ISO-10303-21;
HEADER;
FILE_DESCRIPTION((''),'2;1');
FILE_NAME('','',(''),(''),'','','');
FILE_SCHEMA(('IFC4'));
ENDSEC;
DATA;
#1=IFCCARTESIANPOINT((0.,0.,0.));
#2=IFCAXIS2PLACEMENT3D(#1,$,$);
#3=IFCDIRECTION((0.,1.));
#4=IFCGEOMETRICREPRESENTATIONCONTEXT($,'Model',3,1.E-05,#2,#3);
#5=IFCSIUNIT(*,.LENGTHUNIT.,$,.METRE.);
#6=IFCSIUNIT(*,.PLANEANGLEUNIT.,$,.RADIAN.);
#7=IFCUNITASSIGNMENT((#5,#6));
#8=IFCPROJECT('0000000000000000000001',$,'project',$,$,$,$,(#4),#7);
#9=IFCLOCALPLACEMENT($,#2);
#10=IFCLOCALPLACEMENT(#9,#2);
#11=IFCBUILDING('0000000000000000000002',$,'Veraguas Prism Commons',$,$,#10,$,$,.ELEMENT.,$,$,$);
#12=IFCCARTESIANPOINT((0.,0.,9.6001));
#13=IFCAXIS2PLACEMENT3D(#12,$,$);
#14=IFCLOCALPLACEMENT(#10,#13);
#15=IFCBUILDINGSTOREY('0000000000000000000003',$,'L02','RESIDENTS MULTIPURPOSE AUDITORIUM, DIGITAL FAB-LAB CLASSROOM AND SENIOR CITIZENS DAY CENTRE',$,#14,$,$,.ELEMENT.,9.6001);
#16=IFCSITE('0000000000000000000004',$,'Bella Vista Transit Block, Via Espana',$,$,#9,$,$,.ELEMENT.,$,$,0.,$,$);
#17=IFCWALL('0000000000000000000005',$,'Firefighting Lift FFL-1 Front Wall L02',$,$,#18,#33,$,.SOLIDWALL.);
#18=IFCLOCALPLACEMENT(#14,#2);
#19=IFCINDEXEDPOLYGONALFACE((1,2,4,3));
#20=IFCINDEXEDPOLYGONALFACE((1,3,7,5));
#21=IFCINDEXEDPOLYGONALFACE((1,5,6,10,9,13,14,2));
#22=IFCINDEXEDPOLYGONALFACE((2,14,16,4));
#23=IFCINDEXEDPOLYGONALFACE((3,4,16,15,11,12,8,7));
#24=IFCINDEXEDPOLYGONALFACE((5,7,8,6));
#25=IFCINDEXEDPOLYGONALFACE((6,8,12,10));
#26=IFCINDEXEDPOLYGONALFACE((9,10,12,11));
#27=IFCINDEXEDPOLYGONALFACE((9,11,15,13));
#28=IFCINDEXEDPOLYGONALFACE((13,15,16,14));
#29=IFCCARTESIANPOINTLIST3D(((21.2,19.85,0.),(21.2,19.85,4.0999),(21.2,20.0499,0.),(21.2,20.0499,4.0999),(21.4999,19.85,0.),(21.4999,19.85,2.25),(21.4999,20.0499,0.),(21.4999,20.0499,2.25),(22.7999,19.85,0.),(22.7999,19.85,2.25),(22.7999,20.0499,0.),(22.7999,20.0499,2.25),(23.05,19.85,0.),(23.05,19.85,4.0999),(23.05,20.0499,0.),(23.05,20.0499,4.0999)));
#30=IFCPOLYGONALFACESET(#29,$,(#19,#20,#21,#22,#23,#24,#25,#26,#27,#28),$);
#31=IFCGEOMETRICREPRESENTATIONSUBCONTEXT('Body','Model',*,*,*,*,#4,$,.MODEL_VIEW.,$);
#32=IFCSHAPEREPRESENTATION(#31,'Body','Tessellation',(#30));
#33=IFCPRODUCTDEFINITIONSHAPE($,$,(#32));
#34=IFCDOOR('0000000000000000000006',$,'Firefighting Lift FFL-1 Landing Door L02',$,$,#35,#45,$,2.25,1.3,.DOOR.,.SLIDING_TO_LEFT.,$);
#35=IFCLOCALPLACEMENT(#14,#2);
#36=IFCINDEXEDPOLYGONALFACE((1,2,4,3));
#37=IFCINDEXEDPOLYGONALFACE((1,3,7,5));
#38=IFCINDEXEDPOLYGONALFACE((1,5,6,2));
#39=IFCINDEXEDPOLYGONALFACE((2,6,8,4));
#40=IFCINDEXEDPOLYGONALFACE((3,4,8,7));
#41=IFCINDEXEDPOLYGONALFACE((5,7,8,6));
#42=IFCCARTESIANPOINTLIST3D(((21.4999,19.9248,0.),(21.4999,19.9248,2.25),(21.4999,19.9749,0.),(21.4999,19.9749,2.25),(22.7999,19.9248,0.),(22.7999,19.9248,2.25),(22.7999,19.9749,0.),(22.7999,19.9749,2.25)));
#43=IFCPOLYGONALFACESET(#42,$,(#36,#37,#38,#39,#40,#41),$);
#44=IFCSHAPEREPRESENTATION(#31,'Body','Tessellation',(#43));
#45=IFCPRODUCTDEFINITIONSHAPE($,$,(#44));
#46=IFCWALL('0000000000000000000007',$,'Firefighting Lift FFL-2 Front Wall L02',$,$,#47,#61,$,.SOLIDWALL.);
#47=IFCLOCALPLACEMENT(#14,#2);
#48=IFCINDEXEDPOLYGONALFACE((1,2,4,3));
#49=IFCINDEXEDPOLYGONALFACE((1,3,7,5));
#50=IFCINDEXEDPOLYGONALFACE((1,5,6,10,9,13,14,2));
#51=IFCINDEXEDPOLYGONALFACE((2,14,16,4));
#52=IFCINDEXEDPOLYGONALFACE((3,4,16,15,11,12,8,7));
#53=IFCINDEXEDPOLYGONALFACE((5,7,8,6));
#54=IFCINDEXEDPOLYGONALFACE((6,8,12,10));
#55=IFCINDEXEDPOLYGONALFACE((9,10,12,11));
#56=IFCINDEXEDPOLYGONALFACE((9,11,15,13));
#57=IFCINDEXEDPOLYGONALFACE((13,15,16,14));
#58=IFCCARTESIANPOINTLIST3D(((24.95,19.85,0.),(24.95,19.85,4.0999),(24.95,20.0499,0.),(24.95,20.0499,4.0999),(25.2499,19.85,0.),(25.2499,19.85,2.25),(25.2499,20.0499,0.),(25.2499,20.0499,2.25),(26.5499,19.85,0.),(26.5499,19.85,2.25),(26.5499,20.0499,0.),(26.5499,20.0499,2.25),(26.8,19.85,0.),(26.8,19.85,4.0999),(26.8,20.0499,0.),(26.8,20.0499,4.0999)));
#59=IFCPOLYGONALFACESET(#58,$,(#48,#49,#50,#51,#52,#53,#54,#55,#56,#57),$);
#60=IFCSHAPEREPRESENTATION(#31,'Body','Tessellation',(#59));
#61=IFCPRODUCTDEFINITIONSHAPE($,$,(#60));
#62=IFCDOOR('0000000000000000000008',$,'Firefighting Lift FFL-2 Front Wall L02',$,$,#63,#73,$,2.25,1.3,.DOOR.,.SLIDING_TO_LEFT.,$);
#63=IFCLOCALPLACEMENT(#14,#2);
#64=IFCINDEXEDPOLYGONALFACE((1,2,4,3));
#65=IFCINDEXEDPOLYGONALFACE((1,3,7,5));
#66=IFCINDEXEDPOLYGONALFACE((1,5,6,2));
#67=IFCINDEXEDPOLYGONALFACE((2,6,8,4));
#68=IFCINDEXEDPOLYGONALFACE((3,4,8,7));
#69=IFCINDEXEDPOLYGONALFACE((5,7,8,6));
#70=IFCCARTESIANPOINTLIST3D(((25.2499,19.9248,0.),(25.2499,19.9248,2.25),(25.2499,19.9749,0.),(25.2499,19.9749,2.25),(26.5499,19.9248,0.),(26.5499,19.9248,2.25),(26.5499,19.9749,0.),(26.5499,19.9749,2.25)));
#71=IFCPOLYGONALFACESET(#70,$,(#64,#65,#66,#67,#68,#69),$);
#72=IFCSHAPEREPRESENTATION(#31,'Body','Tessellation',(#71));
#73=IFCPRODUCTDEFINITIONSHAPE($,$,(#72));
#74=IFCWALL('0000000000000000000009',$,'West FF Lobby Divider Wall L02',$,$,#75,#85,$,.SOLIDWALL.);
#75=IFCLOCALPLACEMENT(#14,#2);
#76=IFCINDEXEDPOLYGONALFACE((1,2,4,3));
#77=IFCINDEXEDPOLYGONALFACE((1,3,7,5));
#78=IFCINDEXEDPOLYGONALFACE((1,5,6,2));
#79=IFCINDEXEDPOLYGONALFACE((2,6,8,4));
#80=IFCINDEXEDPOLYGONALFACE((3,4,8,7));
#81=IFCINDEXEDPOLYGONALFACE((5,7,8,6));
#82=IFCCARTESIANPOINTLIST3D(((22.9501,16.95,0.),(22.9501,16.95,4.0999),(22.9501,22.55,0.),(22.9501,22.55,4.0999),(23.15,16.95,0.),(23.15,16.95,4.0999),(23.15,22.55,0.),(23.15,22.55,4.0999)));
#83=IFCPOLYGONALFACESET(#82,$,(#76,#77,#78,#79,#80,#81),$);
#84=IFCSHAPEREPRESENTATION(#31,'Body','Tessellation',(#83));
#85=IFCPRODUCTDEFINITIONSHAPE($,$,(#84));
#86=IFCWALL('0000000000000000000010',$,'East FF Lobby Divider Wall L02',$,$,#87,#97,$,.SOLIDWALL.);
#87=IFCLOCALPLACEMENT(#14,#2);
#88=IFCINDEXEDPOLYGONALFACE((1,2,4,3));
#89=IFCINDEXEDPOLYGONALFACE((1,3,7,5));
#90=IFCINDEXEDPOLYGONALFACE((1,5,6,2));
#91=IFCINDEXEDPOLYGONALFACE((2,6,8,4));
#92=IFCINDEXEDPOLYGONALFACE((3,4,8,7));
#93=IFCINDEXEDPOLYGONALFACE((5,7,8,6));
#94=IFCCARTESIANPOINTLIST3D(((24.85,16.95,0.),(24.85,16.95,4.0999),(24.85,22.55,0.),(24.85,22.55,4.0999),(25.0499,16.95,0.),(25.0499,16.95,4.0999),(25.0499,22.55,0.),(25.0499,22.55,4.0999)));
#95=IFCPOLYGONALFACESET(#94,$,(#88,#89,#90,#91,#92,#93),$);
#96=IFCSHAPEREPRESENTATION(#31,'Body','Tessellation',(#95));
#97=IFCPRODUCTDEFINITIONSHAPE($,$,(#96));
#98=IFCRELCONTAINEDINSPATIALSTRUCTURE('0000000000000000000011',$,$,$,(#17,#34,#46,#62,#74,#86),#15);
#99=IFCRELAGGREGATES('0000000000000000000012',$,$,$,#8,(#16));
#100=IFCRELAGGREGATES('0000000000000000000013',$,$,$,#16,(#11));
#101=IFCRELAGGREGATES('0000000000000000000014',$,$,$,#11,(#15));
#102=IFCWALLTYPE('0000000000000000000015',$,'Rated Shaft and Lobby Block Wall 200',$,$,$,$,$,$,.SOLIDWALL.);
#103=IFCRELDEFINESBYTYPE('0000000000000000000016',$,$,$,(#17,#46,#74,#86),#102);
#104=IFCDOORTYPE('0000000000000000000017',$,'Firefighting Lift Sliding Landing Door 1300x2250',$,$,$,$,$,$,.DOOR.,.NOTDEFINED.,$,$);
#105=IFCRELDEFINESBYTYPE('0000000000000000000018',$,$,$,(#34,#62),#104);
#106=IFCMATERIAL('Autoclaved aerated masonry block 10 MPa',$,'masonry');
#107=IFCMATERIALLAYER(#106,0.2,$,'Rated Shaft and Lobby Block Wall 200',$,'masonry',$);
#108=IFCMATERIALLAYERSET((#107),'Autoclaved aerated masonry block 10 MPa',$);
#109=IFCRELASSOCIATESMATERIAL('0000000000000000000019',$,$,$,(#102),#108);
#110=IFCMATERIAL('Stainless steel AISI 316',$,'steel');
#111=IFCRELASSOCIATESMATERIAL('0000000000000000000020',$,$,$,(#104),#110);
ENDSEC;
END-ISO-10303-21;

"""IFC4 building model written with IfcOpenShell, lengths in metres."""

from ifc_helpers import new_model, si_unit, direction, frame, frame_2d, origin, place, context, subcontext, project, spatial, rectangle, extrude, source, transform, mapped, material, layer, layer_set, type_object, element, fill, save


model = new_model("IFC4")

# Units and contexts
model_context = context("Model", 3, precision=1e-05, world=origin(), true_north=direction((0.0, 1.0)))
body_context = subcontext(model_context, "Body", "Model", "MODEL_VIEW")
ifc_project = project(units=[si_unit("LENGTHUNIT", "METRE"), si_unit("PLANEANGLEUNIT", "RADIAN")], contexts=[model_context])

# Site, building, storey
site_placement = place(None, origin())
site = spatial("IfcSite", under=ifc_project, at=site_placement, Name="Bella Vista Transit Block, Via Espana", CompositionType="ELEMENT", RefElevation=0.0)
building_placement = place(site_placement, origin())
building = spatial("IfcBuilding", under=site, at=building_placement, Name="Veraguas Prism Commons", CompositionType="ELEMENT")
storey_placement = place(building_placement, frame((0.0, 0.0, 9.6001)))
storey = spatial("IfcBuildingStorey", under=building, at=storey_placement, Name="L02", Description="RESIDENTS MULTIPURPOSE AUDITORIUM, DIGITAL FAB-LAB CLASSROOM AND SENIOR CITIZENS DAY CENTRE", CompositionType="ELEMENT", Elevation=9.6001)

# Walls, openings, doors
ifc_material_1 = material(Name="Autoclaved aerated masonry block 10 MPa", Category="masonry")
ifc_layer_1 = layer(ifc_material_1, 0.2, Name="Rated Shaft and Lobby Block Wall 200", Category="masonry")
ifc_layer_set_1 = layer_set([ifc_layer_1], Name="Autoclaved aerated masonry block 10 MPa")
wall_type_1 = type_object("IfcWallType", Name="Rated Shaft and Lobby Block Wall 200", PredefinedType="SOLIDWALL", material=ifc_layer_set_1)
wall_1_placement = place(storey_placement, frame((21.2, 19.95, 0.0), z_axis=(0.0, 0.0, 1.0), x_axis=(1.0, 0.0, 0.0)))
wall_1 = element("IfcWall", 1, at=wall_1_placement, inside=storey, type_object=wall_type_1, Name="Firefighting Lift FFL-1 Front Wall L02", PredefinedType="SOLIDWALL", context=body_context, shape_type="SweptSolid", body=[
    extrude(rectangle(XDim=1.8501, YDim=0.2, at=frame_2d((0.925, 0.0))), origin(), (0.0, 0.0, 1.0), 4.0999),
])
opening_1_placement = place(wall_1_placement, frame((0.3, 0.0, 0.0)))
opening_1 = element("IfcOpeningElement", 2, at=opening_1_placement, cuts=wall_1, PredefinedType="OPENING", context=body_context, shape_type="SweptSolid", body=[
    extrude(rectangle(XDim=1.3, YDim=2.25, at=frame_2d((0.6499, 1.125))), frame((0.0, 0.1099, 0.0), z_axis=(0.0, -1.0, 0.0), x_axis=(1.0, 0.0, 0.0)), (0.0, 0.0, 1.0), 0.22),
])
ifc_material_2 = material(Name="Stainless steel AISI 316", Category="steel")
door_type_1 = type_object("IfcDoorType", Name="Firefighting Lift Sliding Landing Door 1300x2250", OperationType="NOTDEFINED", PredefinedType="DOOR", material=ifc_material_2)
shared_shape_1 = source(origin(), body_context, "Body", "SweptSolid", [
    extrude(rectangle(XDim=1.3, YDim=2.25, at=frame_2d((0.6499, 1.125))), frame((0.0, 0.0249, 0.0), z_axis=(0.0, -1.0, 0.0), x_axis=(1.0, 0.0, 0.0)), (0.0, 0.0, 1.0), 0.05),
])
door_1_placement = place(opening_1_placement, origin())
door_1 = element("IfcDoor", 3, at=door_1_placement, inside=storey, type_object=door_type_1, Name="Firefighting Lift FFL-1 Landing Door L02", OperationType="SLIDING_TO_LEFT", OverallHeight=2.25, OverallWidth=1.3, PredefinedType="DOOR", context=body_context, shape_type="MappedRepresentation", body=[
    mapped(shared_shape_1, transform((0.0, 0.0, 0.0), scale=1.0)),
])
fill(opening_1, door_1)
wall_2_placement = place(storey_placement, frame((24.95, 19.95, 0.0), z_axis=(0.0, 0.0, 1.0), x_axis=(1.0, 0.0, 0.0)))
wall_2 = element("IfcWall", 4, at=wall_2_placement, inside=storey, type_object=wall_type_1, Name="Firefighting Lift FFL-2 Front Wall L02", PredefinedType="SOLIDWALL", context=body_context, shape_type="SweptSolid", body=[
    extrude(rectangle(XDim=1.8501, YDim=0.2, at=frame_2d((0.925, 0.0))), origin(), (0.0, 0.0, 1.0), 4.0999),
])
opening_2_placement = place(wall_2_placement, frame((0.3, 0.0, 0.0)))
opening_2 = element("IfcOpeningElement", 5, at=opening_2_placement, cuts=wall_2, PredefinedType="OPENING", context=body_context, shape_type="SweptSolid", body=[
    extrude(rectangle(XDim=1.3, YDim=2.25, at=frame_2d((0.6499, 1.125))), frame((0.0, 0.1099, 0.0), z_axis=(0.0, -1.0, 0.0), x_axis=(1.0, 0.0, 0.0)), (0.0, 0.0, 1.0), 0.22),
])
door_2_placement = place(opening_2_placement, origin())
door_2 = element("IfcDoor", 6, at=door_2_placement, inside=storey, type_object=door_type_1, Name="Firefighting Lift FFL-2 Front Wall L02", OperationType="SLIDING_TO_LEFT", OverallHeight=2.25, OverallWidth=1.3, PredefinedType="DOOR", context=body_context, shape_type="MappedRepresentation", body=[
    mapped(shared_shape_1, transform((0.0, 0.0, 0.0), scale=1.0)),
])
fill(opening_2, door_2)

# Walls
for number, where, z_axis, x_axis, name in (
    (7, (23.05, 16.95, 0.0), (0.0, 0.0, 1.0), (0.0, 1.0, 0.0), "West FF Lobby Divider Wall L02"),
    (8, (24.95, 16.95, 0.0), (0.0, 0.0, 1.0), (0.0, 1.0, 0.0), "East FF Lobby Divider Wall L02"),
):
    element("IfcWall", number, at=place(storey_placement, frame(where, z_axis=z_axis, x_axis=x_axis)), inside=storey, type_object=wall_type_1, Name=name, PredefinedType="SOLIDWALL", context=body_context, shape_type="SweptSolid", body=[
        extrude(rectangle(XDim=5.6001, YDim=0.2, at=frame_2d((2.8, 0.0))), origin(), (0.0, 0.0, 1.0), 4.0999),
    ])

save(model, "model.ifc")
